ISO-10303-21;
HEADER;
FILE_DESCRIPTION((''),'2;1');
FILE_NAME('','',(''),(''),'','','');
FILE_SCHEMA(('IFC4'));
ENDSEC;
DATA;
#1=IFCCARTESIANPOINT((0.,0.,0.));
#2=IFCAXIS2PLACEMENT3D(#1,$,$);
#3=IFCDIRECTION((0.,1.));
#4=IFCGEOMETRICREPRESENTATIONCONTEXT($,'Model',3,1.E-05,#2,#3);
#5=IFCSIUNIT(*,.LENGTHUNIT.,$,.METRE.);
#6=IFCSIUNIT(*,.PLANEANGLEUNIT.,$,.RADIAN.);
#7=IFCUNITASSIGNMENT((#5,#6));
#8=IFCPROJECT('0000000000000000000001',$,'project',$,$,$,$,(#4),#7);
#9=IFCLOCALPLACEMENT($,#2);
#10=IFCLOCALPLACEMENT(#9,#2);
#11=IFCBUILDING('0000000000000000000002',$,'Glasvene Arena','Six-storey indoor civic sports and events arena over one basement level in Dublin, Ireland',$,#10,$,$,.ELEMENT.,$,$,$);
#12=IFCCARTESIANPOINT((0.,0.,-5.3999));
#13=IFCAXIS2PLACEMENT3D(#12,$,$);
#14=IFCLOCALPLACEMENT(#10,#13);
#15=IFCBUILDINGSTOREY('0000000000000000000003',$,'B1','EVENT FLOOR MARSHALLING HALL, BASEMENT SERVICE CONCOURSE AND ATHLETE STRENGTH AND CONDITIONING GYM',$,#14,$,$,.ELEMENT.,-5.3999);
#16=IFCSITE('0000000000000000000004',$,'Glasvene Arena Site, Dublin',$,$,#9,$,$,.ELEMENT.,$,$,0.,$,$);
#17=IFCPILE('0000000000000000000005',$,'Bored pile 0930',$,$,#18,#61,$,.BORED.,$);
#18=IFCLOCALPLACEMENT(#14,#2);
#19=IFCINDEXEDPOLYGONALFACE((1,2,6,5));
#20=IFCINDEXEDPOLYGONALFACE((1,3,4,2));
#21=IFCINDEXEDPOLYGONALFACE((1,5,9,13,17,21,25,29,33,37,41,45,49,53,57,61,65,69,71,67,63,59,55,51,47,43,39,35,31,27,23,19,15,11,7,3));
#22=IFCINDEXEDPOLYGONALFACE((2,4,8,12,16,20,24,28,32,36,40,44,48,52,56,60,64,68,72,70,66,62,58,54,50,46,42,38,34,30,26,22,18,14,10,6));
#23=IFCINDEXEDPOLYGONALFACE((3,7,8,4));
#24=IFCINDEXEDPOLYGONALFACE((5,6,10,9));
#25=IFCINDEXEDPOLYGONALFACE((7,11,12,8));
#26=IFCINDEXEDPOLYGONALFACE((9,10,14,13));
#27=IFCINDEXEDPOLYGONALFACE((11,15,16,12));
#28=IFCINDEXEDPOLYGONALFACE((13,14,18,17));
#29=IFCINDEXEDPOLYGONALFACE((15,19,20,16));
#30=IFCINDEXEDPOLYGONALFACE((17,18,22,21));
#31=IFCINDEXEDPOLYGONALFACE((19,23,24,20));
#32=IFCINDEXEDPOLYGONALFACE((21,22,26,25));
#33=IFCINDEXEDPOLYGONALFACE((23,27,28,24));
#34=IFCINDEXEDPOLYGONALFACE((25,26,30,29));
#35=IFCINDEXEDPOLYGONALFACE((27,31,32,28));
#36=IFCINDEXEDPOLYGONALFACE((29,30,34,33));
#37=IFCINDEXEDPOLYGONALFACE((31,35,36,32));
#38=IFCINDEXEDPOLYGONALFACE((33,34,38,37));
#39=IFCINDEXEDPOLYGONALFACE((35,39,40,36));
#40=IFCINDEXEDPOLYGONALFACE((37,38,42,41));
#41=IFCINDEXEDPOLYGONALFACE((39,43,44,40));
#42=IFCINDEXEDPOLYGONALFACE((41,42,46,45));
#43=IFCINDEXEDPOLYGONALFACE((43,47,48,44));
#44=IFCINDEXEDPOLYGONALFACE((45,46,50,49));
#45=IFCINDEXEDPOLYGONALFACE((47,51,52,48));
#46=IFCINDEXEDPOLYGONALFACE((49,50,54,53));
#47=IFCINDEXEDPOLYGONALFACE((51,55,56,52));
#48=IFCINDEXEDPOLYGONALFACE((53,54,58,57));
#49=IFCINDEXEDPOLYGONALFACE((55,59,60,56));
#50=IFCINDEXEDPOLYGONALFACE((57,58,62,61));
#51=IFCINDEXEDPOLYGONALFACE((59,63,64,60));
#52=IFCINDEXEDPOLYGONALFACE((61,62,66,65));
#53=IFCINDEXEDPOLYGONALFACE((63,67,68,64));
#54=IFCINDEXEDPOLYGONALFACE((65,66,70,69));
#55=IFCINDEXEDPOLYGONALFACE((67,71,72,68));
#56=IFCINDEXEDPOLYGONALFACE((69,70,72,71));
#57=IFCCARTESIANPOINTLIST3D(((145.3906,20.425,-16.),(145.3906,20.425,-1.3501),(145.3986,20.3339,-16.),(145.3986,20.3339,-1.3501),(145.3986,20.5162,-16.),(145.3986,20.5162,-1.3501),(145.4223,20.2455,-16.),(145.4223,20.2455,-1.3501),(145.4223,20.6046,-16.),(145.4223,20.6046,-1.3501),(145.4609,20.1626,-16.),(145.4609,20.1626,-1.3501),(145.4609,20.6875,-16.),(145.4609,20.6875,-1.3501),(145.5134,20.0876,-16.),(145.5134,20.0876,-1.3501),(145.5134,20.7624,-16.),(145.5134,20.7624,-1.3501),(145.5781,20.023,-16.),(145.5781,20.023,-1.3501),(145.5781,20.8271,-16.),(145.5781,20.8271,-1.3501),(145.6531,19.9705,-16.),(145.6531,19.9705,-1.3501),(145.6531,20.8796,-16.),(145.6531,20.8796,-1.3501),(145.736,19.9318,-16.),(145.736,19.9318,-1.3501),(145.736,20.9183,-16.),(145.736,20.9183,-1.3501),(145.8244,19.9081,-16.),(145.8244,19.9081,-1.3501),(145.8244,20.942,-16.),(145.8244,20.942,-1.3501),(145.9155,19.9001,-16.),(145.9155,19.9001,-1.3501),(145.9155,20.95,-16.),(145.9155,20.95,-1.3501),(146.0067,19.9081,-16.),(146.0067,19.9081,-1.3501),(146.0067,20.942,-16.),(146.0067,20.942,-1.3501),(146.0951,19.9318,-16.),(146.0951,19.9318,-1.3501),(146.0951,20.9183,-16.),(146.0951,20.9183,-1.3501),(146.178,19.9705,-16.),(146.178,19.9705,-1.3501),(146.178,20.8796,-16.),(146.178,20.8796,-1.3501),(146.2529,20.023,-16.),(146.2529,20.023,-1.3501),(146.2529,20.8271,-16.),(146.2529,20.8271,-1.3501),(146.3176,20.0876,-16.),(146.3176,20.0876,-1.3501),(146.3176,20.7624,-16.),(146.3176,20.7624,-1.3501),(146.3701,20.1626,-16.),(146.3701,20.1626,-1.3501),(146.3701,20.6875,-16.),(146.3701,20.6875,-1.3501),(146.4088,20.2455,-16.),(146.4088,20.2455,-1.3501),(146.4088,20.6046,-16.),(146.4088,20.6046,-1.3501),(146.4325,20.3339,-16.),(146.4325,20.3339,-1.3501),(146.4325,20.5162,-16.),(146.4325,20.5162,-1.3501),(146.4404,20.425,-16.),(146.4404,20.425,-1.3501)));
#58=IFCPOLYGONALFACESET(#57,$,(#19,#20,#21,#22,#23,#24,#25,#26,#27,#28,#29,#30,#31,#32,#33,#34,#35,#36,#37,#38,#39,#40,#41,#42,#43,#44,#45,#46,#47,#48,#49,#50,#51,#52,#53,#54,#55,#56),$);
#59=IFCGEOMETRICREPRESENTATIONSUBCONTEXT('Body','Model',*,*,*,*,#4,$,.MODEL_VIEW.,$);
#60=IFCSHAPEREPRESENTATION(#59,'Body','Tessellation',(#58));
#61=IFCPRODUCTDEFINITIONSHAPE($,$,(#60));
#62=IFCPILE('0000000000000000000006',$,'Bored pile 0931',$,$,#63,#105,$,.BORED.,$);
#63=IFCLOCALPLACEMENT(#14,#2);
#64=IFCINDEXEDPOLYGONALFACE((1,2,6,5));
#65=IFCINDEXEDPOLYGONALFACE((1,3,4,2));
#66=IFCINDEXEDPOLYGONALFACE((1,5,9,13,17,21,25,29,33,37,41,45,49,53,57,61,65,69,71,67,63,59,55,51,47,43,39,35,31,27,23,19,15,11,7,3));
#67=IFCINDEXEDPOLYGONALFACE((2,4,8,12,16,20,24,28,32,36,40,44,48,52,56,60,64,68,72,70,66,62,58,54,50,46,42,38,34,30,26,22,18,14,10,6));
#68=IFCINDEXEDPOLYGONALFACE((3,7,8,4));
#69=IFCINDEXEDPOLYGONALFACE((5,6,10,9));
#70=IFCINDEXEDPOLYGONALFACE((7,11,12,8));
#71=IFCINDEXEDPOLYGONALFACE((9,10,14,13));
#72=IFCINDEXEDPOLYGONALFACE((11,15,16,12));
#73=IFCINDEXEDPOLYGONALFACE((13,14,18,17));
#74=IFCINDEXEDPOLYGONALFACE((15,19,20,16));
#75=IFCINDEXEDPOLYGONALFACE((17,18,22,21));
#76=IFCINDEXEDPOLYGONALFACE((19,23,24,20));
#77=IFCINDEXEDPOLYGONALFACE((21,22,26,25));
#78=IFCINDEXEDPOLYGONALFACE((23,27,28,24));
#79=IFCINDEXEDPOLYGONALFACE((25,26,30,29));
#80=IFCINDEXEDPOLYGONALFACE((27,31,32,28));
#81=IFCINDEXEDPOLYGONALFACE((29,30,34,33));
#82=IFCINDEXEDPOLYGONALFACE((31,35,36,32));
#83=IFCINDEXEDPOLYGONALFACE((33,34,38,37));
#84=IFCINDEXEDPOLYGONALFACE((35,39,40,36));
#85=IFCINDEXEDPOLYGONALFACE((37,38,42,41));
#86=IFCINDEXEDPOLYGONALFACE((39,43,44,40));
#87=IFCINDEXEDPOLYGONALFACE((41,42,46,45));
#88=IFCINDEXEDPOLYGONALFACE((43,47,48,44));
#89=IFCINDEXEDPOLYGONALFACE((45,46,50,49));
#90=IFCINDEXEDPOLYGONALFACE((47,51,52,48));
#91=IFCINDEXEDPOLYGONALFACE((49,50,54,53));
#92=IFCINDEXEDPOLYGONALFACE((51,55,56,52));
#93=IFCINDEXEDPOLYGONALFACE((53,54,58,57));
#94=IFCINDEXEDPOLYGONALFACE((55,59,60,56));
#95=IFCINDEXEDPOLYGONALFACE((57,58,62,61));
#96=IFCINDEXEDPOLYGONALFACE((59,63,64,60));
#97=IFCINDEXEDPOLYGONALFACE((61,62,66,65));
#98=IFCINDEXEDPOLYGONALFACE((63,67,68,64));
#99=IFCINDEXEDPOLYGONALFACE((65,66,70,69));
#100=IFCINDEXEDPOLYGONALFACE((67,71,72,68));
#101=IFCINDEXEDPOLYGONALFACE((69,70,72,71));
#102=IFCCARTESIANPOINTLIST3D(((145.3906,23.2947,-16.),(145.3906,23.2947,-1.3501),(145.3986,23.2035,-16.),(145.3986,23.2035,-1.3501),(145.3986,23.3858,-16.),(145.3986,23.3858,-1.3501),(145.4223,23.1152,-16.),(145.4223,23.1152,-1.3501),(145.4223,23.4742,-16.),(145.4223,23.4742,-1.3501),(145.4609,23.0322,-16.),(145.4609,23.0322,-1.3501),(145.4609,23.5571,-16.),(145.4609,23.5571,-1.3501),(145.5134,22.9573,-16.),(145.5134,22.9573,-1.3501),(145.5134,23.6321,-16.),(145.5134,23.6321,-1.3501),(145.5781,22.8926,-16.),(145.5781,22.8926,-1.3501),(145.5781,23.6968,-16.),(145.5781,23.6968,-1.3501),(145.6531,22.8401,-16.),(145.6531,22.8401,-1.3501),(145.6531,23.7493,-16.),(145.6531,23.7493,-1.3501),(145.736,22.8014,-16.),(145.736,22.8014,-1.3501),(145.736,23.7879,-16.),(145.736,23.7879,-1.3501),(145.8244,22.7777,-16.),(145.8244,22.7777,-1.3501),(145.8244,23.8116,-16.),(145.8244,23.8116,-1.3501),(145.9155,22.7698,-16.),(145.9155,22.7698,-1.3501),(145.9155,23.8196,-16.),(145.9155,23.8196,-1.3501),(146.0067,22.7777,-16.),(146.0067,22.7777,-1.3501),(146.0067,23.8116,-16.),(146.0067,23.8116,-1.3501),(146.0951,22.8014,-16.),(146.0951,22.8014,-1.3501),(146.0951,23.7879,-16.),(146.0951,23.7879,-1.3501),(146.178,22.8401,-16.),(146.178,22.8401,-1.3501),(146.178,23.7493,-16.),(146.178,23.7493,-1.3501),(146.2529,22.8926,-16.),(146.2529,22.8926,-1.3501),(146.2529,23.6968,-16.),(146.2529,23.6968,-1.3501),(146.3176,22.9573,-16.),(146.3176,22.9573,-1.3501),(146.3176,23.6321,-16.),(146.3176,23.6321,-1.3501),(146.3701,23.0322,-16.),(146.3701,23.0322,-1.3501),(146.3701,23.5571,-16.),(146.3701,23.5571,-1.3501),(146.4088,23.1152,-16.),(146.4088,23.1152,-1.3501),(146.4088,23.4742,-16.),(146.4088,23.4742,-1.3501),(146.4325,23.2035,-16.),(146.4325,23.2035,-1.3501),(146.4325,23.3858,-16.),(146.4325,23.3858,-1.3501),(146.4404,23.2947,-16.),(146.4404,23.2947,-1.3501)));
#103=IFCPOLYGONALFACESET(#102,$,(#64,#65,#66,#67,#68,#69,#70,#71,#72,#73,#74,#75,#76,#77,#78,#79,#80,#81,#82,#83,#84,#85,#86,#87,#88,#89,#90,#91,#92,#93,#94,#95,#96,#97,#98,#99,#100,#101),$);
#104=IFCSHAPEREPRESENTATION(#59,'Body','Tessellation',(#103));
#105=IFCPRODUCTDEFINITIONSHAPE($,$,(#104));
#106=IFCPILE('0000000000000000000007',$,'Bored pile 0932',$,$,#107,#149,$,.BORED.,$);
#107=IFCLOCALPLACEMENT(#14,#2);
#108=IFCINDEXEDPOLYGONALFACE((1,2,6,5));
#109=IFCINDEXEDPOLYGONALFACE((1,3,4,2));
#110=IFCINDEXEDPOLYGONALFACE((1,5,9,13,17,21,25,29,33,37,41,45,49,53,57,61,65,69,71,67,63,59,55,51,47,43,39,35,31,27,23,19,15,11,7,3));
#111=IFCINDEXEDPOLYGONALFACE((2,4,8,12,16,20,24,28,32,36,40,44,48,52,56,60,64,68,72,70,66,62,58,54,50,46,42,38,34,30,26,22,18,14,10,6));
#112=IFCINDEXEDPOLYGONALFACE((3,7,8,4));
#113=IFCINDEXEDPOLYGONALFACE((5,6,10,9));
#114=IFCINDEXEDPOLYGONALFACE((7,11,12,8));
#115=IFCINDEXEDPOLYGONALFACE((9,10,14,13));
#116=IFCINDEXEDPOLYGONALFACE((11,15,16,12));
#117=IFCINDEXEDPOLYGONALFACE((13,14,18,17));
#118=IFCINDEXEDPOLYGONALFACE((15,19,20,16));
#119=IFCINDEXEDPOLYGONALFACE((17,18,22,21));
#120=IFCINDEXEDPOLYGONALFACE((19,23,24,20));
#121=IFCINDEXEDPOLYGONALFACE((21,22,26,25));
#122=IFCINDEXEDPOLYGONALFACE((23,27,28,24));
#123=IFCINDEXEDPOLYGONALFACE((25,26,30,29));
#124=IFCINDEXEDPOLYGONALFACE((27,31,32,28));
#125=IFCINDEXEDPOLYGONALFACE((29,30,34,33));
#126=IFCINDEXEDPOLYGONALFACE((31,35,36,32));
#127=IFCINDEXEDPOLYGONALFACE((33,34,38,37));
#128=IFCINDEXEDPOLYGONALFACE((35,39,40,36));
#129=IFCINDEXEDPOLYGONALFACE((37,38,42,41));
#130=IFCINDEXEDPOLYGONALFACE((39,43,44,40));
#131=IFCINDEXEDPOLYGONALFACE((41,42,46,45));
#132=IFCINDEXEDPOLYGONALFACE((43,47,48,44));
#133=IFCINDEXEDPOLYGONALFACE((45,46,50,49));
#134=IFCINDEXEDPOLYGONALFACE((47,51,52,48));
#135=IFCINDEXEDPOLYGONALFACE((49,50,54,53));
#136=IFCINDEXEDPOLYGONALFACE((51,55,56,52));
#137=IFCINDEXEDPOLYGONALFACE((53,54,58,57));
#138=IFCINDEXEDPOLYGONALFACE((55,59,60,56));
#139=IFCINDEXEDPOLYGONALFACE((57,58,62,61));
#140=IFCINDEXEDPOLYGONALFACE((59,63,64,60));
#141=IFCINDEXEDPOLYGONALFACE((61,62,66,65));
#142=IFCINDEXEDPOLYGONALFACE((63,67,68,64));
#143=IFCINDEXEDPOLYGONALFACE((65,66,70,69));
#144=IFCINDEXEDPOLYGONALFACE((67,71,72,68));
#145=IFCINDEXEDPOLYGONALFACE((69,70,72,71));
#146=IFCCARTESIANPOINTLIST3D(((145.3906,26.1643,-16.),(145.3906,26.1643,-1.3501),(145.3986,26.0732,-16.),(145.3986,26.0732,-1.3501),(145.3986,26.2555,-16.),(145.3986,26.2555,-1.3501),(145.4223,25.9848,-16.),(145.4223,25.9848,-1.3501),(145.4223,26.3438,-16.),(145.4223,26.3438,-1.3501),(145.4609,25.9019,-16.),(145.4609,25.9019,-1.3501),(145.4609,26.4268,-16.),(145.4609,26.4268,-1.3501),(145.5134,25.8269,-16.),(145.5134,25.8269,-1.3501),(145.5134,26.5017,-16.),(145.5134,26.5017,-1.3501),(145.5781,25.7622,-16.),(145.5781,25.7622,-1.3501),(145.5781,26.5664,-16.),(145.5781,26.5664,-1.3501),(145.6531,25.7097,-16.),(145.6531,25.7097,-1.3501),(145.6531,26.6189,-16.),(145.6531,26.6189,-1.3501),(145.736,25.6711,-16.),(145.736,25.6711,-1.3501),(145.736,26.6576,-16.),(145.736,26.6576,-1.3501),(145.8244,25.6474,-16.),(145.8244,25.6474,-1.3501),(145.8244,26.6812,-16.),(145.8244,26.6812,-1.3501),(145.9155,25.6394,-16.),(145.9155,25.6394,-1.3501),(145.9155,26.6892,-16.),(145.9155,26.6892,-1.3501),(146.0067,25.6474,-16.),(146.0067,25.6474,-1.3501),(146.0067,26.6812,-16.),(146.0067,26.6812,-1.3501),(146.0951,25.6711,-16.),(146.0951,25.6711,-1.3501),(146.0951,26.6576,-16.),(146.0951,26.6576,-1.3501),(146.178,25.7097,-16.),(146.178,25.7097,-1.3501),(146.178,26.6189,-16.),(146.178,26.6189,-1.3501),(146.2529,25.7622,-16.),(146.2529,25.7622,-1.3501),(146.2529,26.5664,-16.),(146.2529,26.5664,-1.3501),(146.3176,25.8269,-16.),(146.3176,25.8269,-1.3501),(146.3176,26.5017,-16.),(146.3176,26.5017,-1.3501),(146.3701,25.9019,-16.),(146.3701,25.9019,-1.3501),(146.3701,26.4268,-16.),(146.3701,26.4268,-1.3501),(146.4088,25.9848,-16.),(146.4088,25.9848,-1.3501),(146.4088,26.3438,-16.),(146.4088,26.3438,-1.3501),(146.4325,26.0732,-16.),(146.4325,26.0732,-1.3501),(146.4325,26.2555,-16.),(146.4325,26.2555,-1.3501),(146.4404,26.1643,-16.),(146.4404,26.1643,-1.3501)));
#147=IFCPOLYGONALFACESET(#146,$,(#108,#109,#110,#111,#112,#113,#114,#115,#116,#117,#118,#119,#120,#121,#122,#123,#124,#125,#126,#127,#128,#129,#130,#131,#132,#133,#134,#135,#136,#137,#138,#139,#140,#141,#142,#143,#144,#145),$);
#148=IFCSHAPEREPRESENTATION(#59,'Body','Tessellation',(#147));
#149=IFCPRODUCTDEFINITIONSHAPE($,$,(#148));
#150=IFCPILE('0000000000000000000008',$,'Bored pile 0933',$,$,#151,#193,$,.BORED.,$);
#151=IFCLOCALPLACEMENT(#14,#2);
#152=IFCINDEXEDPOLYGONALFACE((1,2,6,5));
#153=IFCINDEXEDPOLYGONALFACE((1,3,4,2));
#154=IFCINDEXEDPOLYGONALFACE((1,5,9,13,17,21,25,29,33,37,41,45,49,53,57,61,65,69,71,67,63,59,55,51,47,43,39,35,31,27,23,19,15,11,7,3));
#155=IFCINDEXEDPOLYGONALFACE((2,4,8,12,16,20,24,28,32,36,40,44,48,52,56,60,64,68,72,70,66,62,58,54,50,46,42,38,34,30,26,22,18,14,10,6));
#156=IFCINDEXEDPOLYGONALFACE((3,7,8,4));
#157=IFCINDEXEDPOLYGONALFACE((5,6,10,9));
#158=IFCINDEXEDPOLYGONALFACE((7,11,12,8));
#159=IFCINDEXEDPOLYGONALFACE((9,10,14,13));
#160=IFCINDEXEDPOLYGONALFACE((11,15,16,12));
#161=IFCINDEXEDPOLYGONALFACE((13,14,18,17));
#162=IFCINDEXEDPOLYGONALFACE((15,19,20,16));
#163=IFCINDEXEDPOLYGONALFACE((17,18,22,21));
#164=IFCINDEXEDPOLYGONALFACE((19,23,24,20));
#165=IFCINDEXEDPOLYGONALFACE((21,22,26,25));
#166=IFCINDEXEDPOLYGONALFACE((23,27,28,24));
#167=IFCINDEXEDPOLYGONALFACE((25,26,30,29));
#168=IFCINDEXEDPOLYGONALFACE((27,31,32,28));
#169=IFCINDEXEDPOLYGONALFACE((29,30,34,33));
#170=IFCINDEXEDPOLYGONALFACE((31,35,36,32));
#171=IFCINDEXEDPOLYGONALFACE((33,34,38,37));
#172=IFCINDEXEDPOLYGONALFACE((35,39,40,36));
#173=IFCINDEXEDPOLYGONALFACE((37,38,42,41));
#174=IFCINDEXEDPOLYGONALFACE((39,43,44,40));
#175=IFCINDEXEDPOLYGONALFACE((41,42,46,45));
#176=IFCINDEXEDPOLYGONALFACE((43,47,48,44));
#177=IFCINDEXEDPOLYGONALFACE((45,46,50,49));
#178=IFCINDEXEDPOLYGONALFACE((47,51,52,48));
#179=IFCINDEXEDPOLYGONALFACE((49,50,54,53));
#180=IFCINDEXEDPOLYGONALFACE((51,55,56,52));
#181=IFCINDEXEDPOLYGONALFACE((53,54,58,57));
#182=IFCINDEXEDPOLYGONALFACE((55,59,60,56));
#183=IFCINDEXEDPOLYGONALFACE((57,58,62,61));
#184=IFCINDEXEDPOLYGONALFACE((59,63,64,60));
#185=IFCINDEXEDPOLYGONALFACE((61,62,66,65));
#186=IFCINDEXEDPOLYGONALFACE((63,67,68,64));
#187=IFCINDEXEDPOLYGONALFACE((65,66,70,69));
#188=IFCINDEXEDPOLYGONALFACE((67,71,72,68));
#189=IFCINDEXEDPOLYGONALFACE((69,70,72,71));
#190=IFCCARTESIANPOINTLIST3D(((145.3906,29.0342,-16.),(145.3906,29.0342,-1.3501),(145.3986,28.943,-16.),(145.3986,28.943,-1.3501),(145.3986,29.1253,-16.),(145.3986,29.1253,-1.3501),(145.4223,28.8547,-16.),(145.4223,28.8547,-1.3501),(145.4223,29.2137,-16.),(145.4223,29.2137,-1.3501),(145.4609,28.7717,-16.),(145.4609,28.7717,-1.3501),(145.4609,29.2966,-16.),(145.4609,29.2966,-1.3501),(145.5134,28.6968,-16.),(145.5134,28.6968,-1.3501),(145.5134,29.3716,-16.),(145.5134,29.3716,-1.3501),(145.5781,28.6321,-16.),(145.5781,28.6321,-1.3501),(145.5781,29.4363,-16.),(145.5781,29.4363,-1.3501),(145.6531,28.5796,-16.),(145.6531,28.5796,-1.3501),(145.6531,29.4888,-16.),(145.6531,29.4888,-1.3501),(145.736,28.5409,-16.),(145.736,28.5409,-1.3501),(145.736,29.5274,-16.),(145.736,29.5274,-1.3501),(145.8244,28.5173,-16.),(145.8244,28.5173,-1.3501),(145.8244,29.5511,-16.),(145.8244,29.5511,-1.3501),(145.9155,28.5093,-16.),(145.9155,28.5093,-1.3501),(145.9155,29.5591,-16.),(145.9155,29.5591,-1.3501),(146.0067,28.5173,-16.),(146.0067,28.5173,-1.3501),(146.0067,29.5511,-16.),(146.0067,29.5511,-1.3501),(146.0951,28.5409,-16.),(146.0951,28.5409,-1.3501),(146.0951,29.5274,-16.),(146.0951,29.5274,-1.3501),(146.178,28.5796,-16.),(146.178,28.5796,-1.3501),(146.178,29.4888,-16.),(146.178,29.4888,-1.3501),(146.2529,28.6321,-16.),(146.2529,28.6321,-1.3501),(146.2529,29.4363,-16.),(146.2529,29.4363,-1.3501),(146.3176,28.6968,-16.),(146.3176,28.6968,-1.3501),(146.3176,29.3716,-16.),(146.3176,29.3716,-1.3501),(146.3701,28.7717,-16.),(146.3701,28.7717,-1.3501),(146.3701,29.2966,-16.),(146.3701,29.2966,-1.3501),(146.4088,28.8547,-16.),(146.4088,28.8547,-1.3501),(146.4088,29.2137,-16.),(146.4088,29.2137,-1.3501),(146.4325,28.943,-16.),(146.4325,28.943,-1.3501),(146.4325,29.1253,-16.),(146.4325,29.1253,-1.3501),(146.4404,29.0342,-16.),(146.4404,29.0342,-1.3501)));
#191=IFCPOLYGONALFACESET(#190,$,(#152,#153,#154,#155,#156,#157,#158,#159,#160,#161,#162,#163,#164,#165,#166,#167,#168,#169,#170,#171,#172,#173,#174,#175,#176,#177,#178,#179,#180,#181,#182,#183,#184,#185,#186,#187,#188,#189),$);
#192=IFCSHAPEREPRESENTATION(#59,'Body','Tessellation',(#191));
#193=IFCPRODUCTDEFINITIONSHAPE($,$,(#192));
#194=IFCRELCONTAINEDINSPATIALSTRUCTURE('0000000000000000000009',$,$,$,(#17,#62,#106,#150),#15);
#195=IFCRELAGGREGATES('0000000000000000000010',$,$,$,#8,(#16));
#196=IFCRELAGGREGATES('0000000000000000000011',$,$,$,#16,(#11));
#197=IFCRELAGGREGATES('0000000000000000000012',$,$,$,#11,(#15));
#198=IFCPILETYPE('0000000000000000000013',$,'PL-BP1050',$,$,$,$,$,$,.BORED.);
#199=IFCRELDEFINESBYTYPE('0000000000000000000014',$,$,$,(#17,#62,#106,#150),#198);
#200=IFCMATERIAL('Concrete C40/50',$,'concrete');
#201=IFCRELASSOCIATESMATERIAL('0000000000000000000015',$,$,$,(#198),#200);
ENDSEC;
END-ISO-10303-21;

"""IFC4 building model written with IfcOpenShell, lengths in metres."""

from ifc_helpers import new_model, si_unit, direction, frame, origin, origin_2d, place, context, subcontext, project, spatial, circle, extrude, material, material_profile, profile_set, type_object, element, save


model = new_model("IFC4")

# Units and contexts
model_context = context("Model", 3, precision=1e-05, world=origin(), true_north=direction((0.0, 1.0)))
body_context = subcontext(model_context, "Body", "Model", "MODEL_VIEW")
ifc_project = project(units=[si_unit("LENGTHUNIT", "METRE"), si_unit("PLANEANGLEUNIT", "RADIAN")], contexts=[model_context])

# Site, building, storey
site_placement = place(None, origin())
site = spatial("IfcSite", under=ifc_project, at=site_placement, Name="Glasvene Arena Site, Dublin", CompositionType="ELEMENT", RefElevation=0.0)
building_placement = place(site_placement, origin())
building = spatial("IfcBuilding", under=site, at=building_placement, Name="Glasvene Arena", Description="Six-storey indoor civic sports and events arena over one basement level in Dublin, Ireland", CompositionType="ELEMENT")
storey_placement = place(building_placement, frame((0.0, 0.0, -5.3999)))
storey = spatial("IfcBuildingStorey", under=building, at=storey_placement, Name="B1", Description="EVENT FLOOR MARSHALLING HALL, BASEMENT SERVICE CONCOURSE AND ATHLETE STRENGTH AND CONDITIONING GYM", CompositionType="ELEMENT", Elevation=-5.3999)

# Piles
ifc_material = material(Name="Concrete C40/50", Category="concrete")
ifc_material_profile = material_profile(ifc_material, circle(Radius=0.5249, at=origin_2d()), Name="BORED PILE 1050")
ifc_profile_set = profile_set([ifc_material_profile], Name="Concrete C40/50")
pile_type = type_object("IfcPileType", Name="PL-BP1050", PredefinedType="BORED", material=ifc_profile_set)
for number, where, z_axis, x_axis, name in (
    (1, (145.9155, 20.425, -1.3501), (0.0, 0.0, -1.0), (1.0, 0.0, 0.0), "Bored pile 0930"),
    (2, (145.9155, 23.2947, -1.3501), (0.0, 0.0, -1.0), (1.0, 0.0, 0.0), "Bored pile 0931"),
    (3, (145.9155, 26.1643, -1.3501), (0.0, 0.0, -1.0), (1.0, 0.0, 0.0), "Bored pile 0932"),
    (4, (145.9155, 29.0342, -1.3501), (0.0, 0.0, -1.0), (1.0, 0.0, 0.0), "Bored pile 0933"),
):
    element("IfcPile", number, at=place(storey_placement, frame(where, z_axis=z_axis, x_axis=x_axis)), inside=storey, type_object=pile_type, Name=name, PredefinedType="BORED", context=body_context, shape_type="SweptSolid", body=[
        extrude(circle(Radius=0.5249, at=origin_2d()), origin(), (0.0, 0.0, 1.0), 14.6499),
    ])

save(model, "model.ifc")
